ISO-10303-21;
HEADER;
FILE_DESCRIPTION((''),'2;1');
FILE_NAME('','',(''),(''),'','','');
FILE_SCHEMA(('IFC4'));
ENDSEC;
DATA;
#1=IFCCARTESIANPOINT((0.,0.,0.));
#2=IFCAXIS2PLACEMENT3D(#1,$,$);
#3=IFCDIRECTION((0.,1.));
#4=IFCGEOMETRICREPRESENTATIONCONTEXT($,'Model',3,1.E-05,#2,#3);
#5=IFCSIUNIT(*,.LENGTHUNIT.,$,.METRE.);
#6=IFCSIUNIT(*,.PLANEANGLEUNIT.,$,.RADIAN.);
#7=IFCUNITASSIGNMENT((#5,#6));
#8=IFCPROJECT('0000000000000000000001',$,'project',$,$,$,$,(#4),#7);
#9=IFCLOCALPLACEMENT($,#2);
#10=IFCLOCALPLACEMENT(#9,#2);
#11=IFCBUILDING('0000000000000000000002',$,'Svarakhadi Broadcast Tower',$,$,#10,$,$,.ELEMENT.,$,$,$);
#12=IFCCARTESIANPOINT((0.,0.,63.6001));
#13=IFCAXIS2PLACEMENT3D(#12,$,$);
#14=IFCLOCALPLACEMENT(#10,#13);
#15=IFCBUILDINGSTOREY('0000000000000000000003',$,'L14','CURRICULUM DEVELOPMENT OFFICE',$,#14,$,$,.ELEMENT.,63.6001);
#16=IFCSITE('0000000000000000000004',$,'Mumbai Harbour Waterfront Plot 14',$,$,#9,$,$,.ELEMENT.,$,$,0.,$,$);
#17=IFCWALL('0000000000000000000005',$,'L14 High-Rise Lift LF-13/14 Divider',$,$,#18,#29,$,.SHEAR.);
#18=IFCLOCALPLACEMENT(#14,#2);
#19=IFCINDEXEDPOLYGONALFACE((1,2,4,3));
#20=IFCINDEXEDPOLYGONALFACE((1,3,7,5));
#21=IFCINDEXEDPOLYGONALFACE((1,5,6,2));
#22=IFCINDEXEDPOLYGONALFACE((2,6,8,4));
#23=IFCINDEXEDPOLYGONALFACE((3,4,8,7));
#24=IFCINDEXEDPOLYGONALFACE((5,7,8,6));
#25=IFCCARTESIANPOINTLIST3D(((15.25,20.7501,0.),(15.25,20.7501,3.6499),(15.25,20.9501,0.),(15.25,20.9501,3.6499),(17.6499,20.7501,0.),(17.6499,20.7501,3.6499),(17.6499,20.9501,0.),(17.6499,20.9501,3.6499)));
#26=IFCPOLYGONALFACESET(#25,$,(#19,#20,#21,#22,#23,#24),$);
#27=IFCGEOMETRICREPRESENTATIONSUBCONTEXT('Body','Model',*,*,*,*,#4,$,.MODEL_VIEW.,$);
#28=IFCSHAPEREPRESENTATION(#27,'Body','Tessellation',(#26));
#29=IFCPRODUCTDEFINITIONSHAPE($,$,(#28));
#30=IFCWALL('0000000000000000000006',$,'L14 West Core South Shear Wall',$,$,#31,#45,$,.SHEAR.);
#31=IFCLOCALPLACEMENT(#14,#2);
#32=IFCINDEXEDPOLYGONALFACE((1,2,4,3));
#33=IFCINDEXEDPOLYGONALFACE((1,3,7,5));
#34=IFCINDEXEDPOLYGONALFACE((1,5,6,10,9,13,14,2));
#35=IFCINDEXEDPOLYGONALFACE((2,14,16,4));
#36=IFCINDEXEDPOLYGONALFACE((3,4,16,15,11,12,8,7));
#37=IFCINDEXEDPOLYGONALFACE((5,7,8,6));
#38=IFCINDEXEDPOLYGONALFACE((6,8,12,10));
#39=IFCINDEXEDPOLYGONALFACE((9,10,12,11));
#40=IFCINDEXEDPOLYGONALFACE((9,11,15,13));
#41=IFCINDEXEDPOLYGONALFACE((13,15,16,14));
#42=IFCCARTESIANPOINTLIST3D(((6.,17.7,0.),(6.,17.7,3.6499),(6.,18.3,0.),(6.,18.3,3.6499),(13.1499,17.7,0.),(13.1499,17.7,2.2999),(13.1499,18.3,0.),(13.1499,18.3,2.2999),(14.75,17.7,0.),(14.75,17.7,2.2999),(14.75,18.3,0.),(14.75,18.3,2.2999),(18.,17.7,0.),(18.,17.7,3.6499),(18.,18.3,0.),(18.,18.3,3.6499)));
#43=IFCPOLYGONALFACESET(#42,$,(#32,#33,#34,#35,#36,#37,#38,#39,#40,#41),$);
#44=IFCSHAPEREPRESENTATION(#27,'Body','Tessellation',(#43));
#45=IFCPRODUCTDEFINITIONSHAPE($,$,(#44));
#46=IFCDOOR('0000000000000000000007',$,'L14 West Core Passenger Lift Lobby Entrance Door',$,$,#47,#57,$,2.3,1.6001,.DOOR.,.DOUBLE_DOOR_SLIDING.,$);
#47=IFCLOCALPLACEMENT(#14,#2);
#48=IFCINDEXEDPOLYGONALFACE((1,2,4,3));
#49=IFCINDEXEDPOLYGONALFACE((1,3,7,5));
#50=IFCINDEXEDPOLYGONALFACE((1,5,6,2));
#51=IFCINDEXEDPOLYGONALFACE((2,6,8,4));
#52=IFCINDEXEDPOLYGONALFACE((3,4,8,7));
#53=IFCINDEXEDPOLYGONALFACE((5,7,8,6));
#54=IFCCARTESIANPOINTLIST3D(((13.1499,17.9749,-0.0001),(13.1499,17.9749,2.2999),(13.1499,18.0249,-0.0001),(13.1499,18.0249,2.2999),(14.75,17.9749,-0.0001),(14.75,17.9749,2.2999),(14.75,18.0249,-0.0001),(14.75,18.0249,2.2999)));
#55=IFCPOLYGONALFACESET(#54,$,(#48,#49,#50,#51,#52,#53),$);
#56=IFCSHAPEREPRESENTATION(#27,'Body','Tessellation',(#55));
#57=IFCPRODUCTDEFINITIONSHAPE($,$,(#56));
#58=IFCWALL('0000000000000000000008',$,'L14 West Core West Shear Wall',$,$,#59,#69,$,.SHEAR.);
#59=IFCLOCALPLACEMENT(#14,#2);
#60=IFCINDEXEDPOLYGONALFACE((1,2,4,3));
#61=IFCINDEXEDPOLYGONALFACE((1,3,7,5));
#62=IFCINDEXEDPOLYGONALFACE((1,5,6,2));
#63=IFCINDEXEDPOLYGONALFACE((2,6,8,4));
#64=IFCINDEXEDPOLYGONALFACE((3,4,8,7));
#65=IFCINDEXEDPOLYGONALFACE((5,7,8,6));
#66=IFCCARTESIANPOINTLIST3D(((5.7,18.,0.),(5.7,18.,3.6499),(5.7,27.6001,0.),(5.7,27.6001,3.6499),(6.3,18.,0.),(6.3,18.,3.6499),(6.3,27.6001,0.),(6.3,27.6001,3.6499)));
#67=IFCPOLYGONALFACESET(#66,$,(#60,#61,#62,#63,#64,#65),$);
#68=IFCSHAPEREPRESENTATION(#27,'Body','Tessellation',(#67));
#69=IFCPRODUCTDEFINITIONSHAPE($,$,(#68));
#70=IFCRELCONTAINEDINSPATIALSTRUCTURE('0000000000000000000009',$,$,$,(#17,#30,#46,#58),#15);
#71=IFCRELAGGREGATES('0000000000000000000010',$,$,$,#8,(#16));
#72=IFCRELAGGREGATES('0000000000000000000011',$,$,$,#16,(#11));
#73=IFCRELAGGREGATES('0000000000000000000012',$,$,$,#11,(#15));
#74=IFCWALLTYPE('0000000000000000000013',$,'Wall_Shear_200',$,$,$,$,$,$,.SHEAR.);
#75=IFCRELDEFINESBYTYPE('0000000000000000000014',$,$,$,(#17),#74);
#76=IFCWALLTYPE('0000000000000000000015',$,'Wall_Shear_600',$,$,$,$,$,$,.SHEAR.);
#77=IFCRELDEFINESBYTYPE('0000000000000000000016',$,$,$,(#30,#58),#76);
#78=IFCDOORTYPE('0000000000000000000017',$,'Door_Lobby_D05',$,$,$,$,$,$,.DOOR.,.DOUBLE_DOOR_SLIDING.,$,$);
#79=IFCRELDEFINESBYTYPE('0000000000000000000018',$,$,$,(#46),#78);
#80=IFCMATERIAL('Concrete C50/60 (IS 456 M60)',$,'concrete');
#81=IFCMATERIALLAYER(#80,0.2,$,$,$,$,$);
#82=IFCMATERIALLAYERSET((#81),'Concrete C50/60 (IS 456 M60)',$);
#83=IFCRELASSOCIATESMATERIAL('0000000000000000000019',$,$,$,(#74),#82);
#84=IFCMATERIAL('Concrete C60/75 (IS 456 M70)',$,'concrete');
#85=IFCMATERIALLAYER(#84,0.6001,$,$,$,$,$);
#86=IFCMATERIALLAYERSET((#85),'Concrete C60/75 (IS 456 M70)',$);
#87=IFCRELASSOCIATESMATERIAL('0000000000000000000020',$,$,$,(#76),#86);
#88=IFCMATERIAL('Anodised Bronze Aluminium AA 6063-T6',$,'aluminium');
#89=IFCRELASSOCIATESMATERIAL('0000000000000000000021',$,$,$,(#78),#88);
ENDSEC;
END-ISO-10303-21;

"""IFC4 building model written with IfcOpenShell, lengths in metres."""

from ifc_helpers import new_model, si_unit, direction, frame, frame_2d, origin, place, context, subcontext, project, spatial, rectangle, extrude, material, layer, layer_set, type_object, element, fill, save


model = new_model("IFC4")

# Units and contexts
model_context = context("Model", 3, precision=1e-05, world=origin(), true_north=direction((0.0, 1.0)))
body_context = subcontext(model_context, "Body", "Model", "MODEL_VIEW")
ifc_project = project(units=[si_unit("LENGTHUNIT", "METRE"), si_unit("PLANEANGLEUNIT", "RADIAN")], contexts=[model_context])

# Site, building, storey
site_placement = place(None, origin())
site = spatial("IfcSite", under=ifc_project, at=site_placement, Name="Mumbai Harbour Waterfront Plot 14", CompositionType="ELEMENT", RefElevation=0.0)
building_placement = place(site_placement, origin())
building = spatial("IfcBuilding", under=site, at=building_placement, Name="Svarakhadi Broadcast Tower", CompositionType="ELEMENT")
storey_placement = place(building_placement, frame((0.0, 0.0, 63.6001)))
storey = spatial("IfcBuildingStorey", under=building, at=storey_placement, Name="L14", Description="CURRICULUM DEVELOPMENT OFFICE", CompositionType="ELEMENT", Elevation=63.6001)

# Shared definitions
ifc_material_1 = material(Name="Concrete C60/75 (IS 456 M70)", Category="concrete")

# Shared definitions
ifc_material_2 = material(Name="Concrete C50/60 (IS 456 M60)", Category="concrete")

# Shared definitions
ifc_layer_1 = layer(ifc_material_2, 0.2)
ifc_layer_set_1 = layer_set([ifc_layer_1], Name="Concrete C50/60 (IS 456 M60)")
wall_type_1 = type_object("IfcWallType", Name="Wall_Shear_200", PredefinedType="SHEAR", material=ifc_layer_set_1)

# Wall
wall_1_placement = place(storey_placement, frame((15.25, 20.8501, 0.0), z_axis=(0.0, 0.0, 1.0), x_axis=(1.0, 0.0, 0.0)))
element("IfcWall", 1, at=wall_1_placement, inside=storey, type_object=wall_type_1, Name="L14 High-Rise Lift LF-13/14 Divider", PredefinedType="SHEAR", context=body_context, shape_type="SweptSolid", body=[
    extrude(rectangle(XDim=2.3999, YDim=0.2, at=frame_2d((1.2, 0.0))), origin(), (0.0, 0.0, 1.0), 3.6499),
])

# Wall, opening, door
ifc_layer_2 = layer(ifc_material_1, 0.6001)
ifc_layer_set_2 = layer_set([ifc_layer_2], Name="Concrete C60/75 (IS 456 M70)")
wall_type_2 = type_object("IfcWallType", Name="Wall_Shear_600", PredefinedType="SHEAR", material=ifc_layer_set_2)
wall_2_placement = place(storey_placement, frame((6.0, 18.0, 0.0), z_axis=(0.0, 0.0, 1.0), x_axis=(1.0, 0.0, 0.0)))
wall_2 = element("IfcWall", 2, at=wall_2_placement, inside=storey, type_object=wall_type_2, Name="L14 West Core South Shear Wall", PredefinedType="SHEAR", context=body_context, shape_type="SweptSolid", body=[
    extrude(rectangle(XDim=12.0, YDim=0.6001, at=frame_2d((6.0, 0.0))), origin(), (0.0, 0.0, 1.0), 3.6499),
])
opening_1_placement = place(wall_2_placement, frame((7.1499, 0.0, 0.0)))
opening_1 = element("IfcOpeningElement", 3, at=opening_1_placement, cuts=wall_2, PredefinedType="OPENING", context=body_context, shape_type="SweptSolid", body=[
    extrude(rectangle(XDim=1.6001, YDim=2.3, at=frame_2d((0.8, 1.1499))), frame((0.0, 0.3101, 0.0), z_axis=(0.0, -1.0, 0.0), x_axis=(1.0, 0.0, 0.0)), (0.0, 0.0, 1.0), 0.6201),
])
ifc_material_3 = material(Name="Anodised Bronze Aluminium AA 6063-T6", Category="aluminium")
door_type_1 = type_object("IfcDoorType", Name="Door_Lobby_D05", OperationType="DOUBLE_DOOR_SLIDING", PredefinedType="DOOR", material=ifc_material_3)
door_1_placement = place(opening_1_placement, origin())
door_1 = element("IfcDoor", 4, at=door_1_placement, inside=storey, type_object=door_type_1, Name="L14 West Core Passenger Lift Lobby Entrance Door", OperationType="DOUBLE_DOOR_SLIDING", OverallHeight=2.3, OverallWidth=1.6001, PredefinedType="DOOR", context=body_context, shape_type="SweptSolid", body=[
    extrude(rectangle(XDim=1.6001, YDim=2.3, at=frame_2d((0.8, 1.1499))), frame((0.0, 0.0249, 0.0), z_axis=(0.0, -1.0, 0.0), x_axis=(1.0, 0.0, 0.0)), (0.0, 0.0, 1.0), 0.05),
])
fill(opening_1, door_1)

# Wall
wall_3_placement = place(storey_placement, frame((6.0, 18.0, 0.0), z_axis=(0.0, 0.0, 1.0), x_axis=(0.0, 1.0, 0.0)))
element("IfcWall", 5, at=wall_3_placement, inside=storey, type_object=wall_type_2, Name="L14 West Core West Shear Wall", PredefinedType="SHEAR", context=body_context, shape_type="SweptSolid", body=[
    extrude(rectangle(XDim=9.6001, YDim=0.6001, at=frame_2d((4.8, 0.0))), origin(), (0.0, 0.0, 1.0), 3.6499),
])

save(model, "model.ifc")
